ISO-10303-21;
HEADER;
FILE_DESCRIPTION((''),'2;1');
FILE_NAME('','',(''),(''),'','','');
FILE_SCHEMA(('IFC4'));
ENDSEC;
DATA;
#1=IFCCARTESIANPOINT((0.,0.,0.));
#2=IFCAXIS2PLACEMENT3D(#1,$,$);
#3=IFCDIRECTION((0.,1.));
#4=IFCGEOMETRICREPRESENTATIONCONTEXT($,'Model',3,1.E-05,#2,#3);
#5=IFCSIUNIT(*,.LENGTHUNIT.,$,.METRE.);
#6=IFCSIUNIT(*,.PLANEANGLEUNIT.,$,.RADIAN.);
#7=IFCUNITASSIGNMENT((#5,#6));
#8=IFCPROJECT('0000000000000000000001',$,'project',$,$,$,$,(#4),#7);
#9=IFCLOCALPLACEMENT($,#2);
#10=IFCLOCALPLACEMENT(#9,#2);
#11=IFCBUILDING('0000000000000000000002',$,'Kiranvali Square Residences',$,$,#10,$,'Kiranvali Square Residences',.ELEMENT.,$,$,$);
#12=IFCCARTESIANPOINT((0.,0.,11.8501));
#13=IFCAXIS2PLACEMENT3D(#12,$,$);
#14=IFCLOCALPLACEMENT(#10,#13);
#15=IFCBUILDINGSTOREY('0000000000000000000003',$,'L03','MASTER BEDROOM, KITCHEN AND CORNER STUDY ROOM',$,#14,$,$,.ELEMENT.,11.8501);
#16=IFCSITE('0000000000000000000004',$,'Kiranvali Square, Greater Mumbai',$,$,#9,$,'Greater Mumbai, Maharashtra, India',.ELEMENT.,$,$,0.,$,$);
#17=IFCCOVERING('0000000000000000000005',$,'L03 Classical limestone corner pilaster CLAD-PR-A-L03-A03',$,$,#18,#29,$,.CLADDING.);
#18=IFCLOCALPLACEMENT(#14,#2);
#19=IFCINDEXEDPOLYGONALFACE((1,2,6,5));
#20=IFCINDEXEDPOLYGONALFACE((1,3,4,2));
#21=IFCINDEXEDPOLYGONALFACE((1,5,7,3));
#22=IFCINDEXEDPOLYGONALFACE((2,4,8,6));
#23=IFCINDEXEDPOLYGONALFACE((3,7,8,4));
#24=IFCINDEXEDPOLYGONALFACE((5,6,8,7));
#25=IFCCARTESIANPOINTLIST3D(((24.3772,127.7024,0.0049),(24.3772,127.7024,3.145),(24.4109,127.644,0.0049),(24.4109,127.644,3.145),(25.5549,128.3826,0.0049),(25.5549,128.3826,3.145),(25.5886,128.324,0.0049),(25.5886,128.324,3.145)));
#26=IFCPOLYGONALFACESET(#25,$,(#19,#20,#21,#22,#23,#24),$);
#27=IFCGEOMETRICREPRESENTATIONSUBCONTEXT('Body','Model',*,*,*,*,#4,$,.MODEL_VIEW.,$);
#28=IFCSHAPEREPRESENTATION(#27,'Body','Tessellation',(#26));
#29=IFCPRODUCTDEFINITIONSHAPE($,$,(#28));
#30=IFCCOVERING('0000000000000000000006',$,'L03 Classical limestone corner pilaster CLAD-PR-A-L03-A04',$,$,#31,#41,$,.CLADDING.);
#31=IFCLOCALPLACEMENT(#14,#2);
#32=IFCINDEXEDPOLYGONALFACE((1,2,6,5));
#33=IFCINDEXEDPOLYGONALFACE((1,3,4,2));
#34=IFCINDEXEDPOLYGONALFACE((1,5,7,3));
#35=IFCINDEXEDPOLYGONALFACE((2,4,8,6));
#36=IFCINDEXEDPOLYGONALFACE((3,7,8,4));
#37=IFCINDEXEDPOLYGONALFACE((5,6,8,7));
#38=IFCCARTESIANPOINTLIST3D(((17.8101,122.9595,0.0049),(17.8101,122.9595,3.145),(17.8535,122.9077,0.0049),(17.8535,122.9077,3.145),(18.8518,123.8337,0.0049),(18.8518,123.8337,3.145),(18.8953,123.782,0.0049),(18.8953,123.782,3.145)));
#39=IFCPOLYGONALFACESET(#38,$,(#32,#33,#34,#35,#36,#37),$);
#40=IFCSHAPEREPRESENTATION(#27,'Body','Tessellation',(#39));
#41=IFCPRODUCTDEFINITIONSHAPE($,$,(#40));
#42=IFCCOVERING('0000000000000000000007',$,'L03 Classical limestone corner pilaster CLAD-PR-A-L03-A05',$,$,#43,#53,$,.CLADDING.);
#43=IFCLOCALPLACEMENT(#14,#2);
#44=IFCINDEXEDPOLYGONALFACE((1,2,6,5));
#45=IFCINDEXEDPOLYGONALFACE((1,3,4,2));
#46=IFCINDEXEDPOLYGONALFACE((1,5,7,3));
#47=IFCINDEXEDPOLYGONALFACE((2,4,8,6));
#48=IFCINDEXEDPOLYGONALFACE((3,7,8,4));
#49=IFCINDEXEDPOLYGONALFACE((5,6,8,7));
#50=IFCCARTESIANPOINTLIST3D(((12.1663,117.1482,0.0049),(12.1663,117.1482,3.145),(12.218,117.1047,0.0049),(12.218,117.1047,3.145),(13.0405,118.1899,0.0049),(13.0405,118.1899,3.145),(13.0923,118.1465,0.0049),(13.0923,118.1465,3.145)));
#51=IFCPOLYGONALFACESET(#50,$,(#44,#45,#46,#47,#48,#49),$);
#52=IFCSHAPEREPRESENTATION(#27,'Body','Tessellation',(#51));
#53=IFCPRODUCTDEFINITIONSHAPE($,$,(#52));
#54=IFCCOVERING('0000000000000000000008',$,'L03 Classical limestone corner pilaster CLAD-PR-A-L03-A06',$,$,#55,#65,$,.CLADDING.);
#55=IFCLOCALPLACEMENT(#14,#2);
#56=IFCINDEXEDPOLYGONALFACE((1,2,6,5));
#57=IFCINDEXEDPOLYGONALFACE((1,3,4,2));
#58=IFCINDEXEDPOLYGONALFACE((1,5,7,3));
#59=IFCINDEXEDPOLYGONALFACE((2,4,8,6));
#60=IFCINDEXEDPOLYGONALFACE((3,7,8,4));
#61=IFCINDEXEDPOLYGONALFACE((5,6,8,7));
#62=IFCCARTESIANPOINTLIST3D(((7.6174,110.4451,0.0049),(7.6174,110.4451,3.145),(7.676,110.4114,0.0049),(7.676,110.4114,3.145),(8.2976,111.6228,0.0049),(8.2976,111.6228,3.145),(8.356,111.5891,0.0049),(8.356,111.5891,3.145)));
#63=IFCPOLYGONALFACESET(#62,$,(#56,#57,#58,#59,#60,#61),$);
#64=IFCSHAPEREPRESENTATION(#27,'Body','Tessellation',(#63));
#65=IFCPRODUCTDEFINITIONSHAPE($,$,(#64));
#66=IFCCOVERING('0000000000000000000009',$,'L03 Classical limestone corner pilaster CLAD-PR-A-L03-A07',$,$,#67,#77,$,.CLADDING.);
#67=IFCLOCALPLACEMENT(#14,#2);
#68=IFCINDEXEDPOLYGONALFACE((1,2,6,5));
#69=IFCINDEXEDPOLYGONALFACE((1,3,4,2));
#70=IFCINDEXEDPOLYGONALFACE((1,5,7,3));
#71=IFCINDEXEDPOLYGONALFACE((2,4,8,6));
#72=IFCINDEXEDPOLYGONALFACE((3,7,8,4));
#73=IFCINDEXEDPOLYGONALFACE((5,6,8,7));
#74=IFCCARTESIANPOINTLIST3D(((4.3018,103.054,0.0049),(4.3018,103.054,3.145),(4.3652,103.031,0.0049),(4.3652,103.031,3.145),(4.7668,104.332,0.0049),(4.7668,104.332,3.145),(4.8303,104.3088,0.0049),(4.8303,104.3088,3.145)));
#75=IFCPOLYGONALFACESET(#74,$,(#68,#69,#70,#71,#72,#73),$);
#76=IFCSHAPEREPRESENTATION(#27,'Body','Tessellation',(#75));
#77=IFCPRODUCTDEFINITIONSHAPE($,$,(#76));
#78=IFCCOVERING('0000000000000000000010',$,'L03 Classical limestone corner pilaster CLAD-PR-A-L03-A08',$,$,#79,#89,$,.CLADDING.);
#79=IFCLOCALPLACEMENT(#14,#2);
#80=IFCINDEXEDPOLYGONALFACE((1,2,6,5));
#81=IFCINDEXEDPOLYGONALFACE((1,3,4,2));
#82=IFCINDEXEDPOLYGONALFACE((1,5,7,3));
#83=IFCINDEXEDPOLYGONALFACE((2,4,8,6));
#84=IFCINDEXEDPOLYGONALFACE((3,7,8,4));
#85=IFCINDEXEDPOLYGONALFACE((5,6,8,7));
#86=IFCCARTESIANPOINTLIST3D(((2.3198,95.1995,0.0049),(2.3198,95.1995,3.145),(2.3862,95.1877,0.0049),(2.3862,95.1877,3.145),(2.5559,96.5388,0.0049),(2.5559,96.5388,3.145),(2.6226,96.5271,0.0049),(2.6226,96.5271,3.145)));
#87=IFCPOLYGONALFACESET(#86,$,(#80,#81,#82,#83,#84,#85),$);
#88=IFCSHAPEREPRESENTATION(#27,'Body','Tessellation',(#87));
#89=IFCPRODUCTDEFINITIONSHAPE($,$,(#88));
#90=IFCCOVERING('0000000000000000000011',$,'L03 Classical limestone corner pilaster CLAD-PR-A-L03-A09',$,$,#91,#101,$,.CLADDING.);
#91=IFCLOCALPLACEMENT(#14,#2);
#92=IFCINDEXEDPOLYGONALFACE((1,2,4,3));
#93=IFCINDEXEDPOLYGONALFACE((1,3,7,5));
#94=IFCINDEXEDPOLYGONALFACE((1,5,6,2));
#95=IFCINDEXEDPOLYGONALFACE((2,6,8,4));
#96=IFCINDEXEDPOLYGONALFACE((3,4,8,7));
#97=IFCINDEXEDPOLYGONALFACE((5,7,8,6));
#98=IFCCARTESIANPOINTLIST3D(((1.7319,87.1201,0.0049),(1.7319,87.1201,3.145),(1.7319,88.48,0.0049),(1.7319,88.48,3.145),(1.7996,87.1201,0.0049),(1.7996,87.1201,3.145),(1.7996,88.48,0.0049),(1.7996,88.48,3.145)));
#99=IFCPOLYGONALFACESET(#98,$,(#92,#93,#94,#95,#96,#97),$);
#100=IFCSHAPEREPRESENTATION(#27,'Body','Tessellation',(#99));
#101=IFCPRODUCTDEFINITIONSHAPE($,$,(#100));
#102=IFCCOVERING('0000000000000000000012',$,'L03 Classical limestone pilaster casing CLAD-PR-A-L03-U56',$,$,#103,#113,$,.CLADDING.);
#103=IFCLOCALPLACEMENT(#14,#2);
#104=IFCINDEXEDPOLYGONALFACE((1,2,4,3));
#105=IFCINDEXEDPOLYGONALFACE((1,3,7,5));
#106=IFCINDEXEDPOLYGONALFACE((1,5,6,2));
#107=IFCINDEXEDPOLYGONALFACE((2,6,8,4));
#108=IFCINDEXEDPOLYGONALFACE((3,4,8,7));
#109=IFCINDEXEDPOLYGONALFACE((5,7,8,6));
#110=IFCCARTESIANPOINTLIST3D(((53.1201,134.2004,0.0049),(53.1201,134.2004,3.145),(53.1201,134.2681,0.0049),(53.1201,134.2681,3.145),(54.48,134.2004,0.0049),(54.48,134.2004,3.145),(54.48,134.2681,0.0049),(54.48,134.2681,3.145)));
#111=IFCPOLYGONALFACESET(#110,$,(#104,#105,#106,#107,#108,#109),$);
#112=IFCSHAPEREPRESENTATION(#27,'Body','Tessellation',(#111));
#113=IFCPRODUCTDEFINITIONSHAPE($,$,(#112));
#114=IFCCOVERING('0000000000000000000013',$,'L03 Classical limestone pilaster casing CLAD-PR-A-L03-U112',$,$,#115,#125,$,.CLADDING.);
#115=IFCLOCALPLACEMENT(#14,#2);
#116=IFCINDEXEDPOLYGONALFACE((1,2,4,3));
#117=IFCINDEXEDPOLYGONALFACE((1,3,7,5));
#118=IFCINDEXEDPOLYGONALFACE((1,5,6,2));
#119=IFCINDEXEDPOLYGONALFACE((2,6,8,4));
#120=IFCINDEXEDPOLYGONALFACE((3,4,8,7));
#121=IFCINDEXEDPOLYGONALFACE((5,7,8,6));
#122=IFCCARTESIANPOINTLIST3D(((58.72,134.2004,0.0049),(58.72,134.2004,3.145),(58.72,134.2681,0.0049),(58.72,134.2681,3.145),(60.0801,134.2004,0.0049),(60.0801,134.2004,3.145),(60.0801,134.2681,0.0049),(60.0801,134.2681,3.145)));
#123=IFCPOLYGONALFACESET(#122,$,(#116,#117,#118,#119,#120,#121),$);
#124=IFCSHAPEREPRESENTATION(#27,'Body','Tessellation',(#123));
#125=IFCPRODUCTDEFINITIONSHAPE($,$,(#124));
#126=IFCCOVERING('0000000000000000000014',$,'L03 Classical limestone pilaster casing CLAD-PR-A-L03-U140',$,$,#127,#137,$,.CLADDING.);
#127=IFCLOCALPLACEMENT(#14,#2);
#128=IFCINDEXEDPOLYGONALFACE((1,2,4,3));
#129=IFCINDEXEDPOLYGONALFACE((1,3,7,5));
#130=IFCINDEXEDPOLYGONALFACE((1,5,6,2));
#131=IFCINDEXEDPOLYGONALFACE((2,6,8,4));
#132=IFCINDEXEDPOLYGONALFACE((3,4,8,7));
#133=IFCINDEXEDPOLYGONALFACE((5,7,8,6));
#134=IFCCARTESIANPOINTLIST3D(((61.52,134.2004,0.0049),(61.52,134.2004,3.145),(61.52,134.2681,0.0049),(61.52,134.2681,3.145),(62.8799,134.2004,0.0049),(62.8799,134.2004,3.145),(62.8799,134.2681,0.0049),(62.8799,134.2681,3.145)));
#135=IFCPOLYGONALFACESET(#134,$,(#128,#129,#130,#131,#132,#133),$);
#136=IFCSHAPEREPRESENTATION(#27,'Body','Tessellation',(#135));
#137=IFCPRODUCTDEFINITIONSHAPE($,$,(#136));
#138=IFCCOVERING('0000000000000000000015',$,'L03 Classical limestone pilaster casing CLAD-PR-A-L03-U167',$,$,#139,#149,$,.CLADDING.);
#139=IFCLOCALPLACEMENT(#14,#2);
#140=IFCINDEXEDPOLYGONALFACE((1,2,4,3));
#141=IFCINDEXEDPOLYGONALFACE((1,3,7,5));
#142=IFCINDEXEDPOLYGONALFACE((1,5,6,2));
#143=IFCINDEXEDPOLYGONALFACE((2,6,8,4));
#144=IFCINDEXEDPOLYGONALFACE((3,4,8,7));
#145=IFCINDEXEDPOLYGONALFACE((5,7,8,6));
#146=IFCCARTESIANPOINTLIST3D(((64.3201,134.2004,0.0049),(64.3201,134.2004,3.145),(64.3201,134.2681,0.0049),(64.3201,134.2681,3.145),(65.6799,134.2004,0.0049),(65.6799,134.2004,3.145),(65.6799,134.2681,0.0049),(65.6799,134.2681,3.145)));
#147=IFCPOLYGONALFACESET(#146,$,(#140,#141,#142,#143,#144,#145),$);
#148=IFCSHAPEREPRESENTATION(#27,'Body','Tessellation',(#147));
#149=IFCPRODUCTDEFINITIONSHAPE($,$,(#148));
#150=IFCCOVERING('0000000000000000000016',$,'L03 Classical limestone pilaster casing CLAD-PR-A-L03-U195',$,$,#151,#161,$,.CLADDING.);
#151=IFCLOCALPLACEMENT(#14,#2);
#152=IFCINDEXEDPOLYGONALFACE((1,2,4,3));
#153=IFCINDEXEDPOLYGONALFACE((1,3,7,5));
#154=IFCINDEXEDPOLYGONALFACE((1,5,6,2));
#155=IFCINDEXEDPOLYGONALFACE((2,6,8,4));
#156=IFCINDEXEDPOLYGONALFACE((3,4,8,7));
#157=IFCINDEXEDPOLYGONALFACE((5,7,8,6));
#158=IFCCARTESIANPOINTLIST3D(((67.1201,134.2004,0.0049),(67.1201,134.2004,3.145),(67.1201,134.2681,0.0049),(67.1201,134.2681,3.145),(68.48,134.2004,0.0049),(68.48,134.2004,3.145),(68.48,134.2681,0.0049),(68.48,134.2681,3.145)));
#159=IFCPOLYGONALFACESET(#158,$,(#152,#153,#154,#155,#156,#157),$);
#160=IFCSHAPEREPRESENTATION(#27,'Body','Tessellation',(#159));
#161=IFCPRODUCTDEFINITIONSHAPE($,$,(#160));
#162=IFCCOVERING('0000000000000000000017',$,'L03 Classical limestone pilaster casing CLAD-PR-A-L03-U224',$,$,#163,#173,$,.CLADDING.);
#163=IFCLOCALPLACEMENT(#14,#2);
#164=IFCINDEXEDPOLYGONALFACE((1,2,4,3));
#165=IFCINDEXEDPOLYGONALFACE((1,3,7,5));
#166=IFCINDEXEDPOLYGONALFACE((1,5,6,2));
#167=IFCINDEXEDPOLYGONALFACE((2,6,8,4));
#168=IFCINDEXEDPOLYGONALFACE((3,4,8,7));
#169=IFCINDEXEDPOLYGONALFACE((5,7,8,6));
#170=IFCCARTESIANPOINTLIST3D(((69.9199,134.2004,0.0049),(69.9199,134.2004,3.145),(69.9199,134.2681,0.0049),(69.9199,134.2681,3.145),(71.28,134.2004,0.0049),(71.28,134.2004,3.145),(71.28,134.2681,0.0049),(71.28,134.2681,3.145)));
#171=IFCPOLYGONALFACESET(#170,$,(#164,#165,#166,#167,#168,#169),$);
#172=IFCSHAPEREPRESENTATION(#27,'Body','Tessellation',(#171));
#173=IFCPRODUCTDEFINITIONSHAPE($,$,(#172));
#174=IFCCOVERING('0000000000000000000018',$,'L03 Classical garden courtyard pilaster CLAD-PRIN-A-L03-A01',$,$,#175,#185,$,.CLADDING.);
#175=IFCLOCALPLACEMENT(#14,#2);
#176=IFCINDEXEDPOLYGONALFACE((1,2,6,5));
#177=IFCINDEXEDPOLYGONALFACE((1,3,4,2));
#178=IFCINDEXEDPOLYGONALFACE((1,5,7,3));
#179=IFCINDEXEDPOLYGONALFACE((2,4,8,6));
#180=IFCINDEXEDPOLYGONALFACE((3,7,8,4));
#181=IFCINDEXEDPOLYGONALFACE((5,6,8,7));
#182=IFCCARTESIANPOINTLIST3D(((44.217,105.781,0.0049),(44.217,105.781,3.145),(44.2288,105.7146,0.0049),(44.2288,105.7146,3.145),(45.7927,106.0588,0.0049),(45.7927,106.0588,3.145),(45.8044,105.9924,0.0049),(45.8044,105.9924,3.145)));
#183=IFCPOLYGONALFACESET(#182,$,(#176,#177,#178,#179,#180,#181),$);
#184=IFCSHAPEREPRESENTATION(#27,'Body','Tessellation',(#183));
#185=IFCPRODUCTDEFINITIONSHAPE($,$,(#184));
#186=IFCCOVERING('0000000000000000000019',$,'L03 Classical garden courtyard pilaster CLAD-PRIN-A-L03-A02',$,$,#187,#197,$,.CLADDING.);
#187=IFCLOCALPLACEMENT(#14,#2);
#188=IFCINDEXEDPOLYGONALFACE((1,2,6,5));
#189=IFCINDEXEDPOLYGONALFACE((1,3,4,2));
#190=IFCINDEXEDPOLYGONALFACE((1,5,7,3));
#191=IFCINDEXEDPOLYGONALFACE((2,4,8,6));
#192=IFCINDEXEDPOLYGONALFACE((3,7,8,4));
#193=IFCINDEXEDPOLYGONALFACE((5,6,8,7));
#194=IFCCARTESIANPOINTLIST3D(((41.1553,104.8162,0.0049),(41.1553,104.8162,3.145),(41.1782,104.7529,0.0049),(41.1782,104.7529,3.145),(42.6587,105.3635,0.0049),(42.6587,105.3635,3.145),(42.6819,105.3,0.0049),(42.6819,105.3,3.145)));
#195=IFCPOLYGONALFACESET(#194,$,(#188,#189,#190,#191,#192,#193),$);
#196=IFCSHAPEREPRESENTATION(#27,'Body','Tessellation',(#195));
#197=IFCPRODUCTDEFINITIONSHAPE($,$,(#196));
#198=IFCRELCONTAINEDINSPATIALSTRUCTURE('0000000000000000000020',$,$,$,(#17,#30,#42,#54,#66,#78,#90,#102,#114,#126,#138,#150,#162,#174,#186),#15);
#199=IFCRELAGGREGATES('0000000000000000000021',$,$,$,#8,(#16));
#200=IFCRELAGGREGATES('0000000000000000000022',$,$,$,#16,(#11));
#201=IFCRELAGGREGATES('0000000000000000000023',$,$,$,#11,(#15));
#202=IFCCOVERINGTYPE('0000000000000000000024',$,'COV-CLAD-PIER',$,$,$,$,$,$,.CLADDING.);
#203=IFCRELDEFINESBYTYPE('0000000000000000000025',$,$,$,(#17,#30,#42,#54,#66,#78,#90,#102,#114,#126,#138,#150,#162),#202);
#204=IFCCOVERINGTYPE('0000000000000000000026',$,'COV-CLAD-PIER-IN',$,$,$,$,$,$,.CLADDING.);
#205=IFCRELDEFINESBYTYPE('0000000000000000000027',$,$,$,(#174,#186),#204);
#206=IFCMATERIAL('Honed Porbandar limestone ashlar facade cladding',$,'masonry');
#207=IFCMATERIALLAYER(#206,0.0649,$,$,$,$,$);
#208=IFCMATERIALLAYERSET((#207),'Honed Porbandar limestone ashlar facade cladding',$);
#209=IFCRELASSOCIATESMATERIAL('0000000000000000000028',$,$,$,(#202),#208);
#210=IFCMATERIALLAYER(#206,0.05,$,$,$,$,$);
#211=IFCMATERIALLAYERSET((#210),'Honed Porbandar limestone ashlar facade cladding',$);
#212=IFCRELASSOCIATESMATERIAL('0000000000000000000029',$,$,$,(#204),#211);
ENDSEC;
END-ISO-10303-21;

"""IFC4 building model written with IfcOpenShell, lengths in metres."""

from ifc_helpers import new_model, si_unit, direction, frame, origin, place, context, subcontext, project, spatial, polyline, outline, extrude, material, layer, layer_set, type_object, element, save


model = new_model("IFC4")

# Units and contexts
model_context = context("Model", 3, precision=1e-05, world=origin(), true_north=direction((0.0, 1.0)))
body_context = subcontext(model_context, "Body", "Model", "MODEL_VIEW")
ifc_project = project(units=[si_unit("LENGTHUNIT", "METRE"), si_unit("PLANEANGLEUNIT", "RADIAN")], contexts=[model_context])

# Site, building, storey
site_placement = place(None, origin())
site = spatial("IfcSite", under=ifc_project, at=site_placement, Name="Kiranvali Square, Greater Mumbai", LongName="Greater Mumbai, Maharashtra, India", CompositionType="ELEMENT", RefElevation=0.0)
building_placement = place(site_placement, origin())
building = spatial("IfcBuilding", under=site, at=building_placement, Name="Kiranvali Square Residences", LongName="Kiranvali Square Residences", CompositionType="ELEMENT")
storey_placement = place(building_placement, frame((0.0, 0.0, 11.8501)))
storey = spatial("IfcBuildingStorey", under=building, at=storey_placement, Name="L03", Description="MASTER BEDROOM, KITCHEN AND CORNER STUDY ROOM", CompositionType="ELEMENT", Elevation=11.8501)

# Coverings
ifc_material = material(Name="Honed Porbandar limestone ashlar facade cladding", Category="masonry")
ifc_layer_1 = layer(ifc_material, 0.0649)
ifc_layer_set_1 = layer_set([ifc_layer_1], Name="Honed Porbandar limestone ashlar facade cladding")
covering_type_1 = type_object("IfcCoveringType", Name="COV-CLAD-PIER", PredefinedType="CLADDING", material=ifc_layer_set_1)
covering_1_placement = place(storey_placement, frame((0.0, 0.0, 0.0049)))
element("IfcCovering", 1, at=covering_1_placement, inside=storey, type_object=covering_type_1, Name="L03 Classical limestone corner pilaster CLAD-PR-A-L03-A03", PredefinedType="CLADDING", context=body_context, shape_type="SweptSolid", body=[
    extrude(outline(polyline([(25.5549, 128.3826), (24.3772, 127.7024), (24.4109, 127.644), (25.5886, 128.324), (25.5549, 128.3826)])), origin(), (0.0, 0.0, 1.0), 3.1401),
])
covering_2_placement = place(storey_placement, frame((0.0, 0.0, 0.0049)))
element("IfcCovering", 2, at=covering_2_placement, inside=storey, type_object=covering_type_1, Name="L03 Classical limestone corner pilaster CLAD-PR-A-L03-A04", PredefinedType="CLADDING", context=body_context, shape_type="SweptSolid", body=[
    extrude(outline(polyline([(18.8518, 123.8337), (17.8101, 122.9595), (17.8535, 122.9077), (18.8953, 123.782), (18.8518, 123.8337)])), origin(), (0.0, 0.0, 1.0), 3.1401),
])
covering_3_placement = place(storey_placement, frame((0.0, 0.0, 0.0049)))
element("IfcCovering", 3, at=covering_3_placement, inside=storey, type_object=covering_type_1, Name="L03 Classical limestone corner pilaster CLAD-PR-A-L03-A05", PredefinedType="CLADDING", context=body_context, shape_type="SweptSolid", body=[
    extrude(outline(polyline([(13.0405, 118.1899), (12.1663, 117.1482), (12.218, 117.1047), (13.0923, 118.1465), (13.0405, 118.1899)])), origin(), (0.0, 0.0, 1.0), 3.1401),
])
covering_4_placement = place(storey_placement, frame((0.0, 0.0, 0.0049)))
element("IfcCovering", 4, at=covering_4_placement, inside=storey, type_object=covering_type_1, Name="L03 Classical limestone corner pilaster CLAD-PR-A-L03-A06", PredefinedType="CLADDING", context=body_context, shape_type="SweptSolid", body=[
    extrude(outline(polyline([(8.2976, 111.6228), (7.6174, 110.4451), (7.676, 110.4114), (8.356, 111.5891), (8.2976, 111.6228)])), origin(), (0.0, 0.0, 1.0), 3.1401),
])
covering_5_placement = place(storey_placement, frame((0.0, 0.0, 0.0049)))
element("IfcCovering", 5, at=covering_5_placement, inside=storey, type_object=covering_type_1, Name="L03 Classical limestone corner pilaster CLAD-PR-A-L03-A07", PredefinedType="CLADDING", context=body_context, shape_type="SweptSolid", body=[
    extrude(outline(polyline([(4.7668, 104.332), (4.3018, 103.054), (4.3652, 103.031), (4.8303, 104.3088), (4.7668, 104.332)])), origin(), (0.0, 0.0, 1.0), 3.1401),
])
covering_6_placement = place(storey_placement, frame((0.0, 0.0, 0.0049)))
element("IfcCovering", 6, at=covering_6_placement, inside=storey, type_object=covering_type_1, Name="L03 Classical limestone corner pilaster CLAD-PR-A-L03-A08", PredefinedType="CLADDING", context=body_context, shape_type="SweptSolid", body=[
    extrude(outline(polyline([(2.5559, 96.5388), (2.3198, 95.1995), (2.3862, 95.1877), (2.6226, 96.5271), (2.5559, 96.5388)])), origin(), (0.0, 0.0, 1.0), 3.1401),
])
covering_7_placement = place(storey_placement, frame((0.0, 0.0, 0.0049)))
element("IfcCovering", 7, at=covering_7_placement, inside=storey, type_object=covering_type_1, Name="L03 Classical limestone corner pilaster CLAD-PR-A-L03-A09", PredefinedType="CLADDING", context=body_context, shape_type="SweptSolid", body=[
    extrude(outline(polyline([(1.7319, 88.48), (1.7319, 87.1201), (1.7996, 87.1201), (1.7996, 88.48), (1.7319, 88.48)])), origin(), (0.0, 0.0, 1.0), 3.1401),
])
covering_8_placement = place(storey_placement, frame((0.0, 0.0, 0.0049)))
element("IfcCovering", 8, at=covering_8_placement, inside=storey, type_object=covering_type_1, Name="L03 Classical limestone pilaster casing CLAD-PR-A-L03-U56", PredefinedType="CLADDING", context=body_context, shape_type="SweptSolid", body=[
    extrude(outline(polyline([(53.1201, 134.2004), (54.48, 134.2004), (54.48, 134.2681), (53.1201, 134.2681), (53.1201, 134.2004)])), origin(), (0.0, 0.0, 1.0), 3.1401),
])
covering_9_placement = place(storey_placement, frame((0.0, 0.0, 0.0049)))
element("IfcCovering", 9, at=covering_9_placement, inside=storey, type_object=covering_type_1, Name="L03 Classical limestone pilaster casing CLAD-PR-A-L03-U112", PredefinedType="CLADDING", context=body_context, shape_type="SweptSolid", body=[
    extrude(outline(polyline([(58.72, 134.2004), (60.0801, 134.2004), (60.0801, 134.2681), (58.72, 134.2681), (58.72, 134.2004)])), origin(), (0.0, 0.0, 1.0), 3.1401),
])
covering_10_placement = place(storey_placement, frame((0.0, 0.0, 0.0049)))
element("IfcCovering", 10, at=covering_10_placement, inside=storey, type_object=covering_type_1, Name="L03 Classical limestone pilaster casing CLAD-PR-A-L03-U140", PredefinedType="CLADDING", context=body_context, shape_type="SweptSolid", body=[
    extrude(outline(polyline([(61.52, 134.2004), (62.8799, 134.2004), (62.8799, 134.2681), (61.52, 134.2681), (61.52, 134.2004)])), origin(), (0.0, 0.0, 1.0), 3.1401),
])
covering_11_placement = place(storey_placement, frame((0.0, 0.0, 0.0049)))
element("IfcCovering", 11, at=covering_11_placement, inside=storey, type_object=covering_type_1, Name="L03 Classical limestone pilaster casing CLAD-PR-A-L03-U167", PredefinedType="CLADDING", context=body_context, shape_type="SweptSolid", body=[
    extrude(outline(polyline([(64.3201, 134.2004), (65.6799, 134.2004), (65.6799, 134.2681), (64.3201, 134.2681), (64.3201, 134.2004)])), origin(), (0.0, 0.0, 1.0), 3.1401),
])
covering_12_placement = place(storey_placement, frame((0.0, 0.0, 0.0049)))
element("IfcCovering", 12, at=covering_12_placement, inside=storey, type_object=covering_type_1, Name="L03 Classical limestone pilaster casing CLAD-PR-A-L03-U195", PredefinedType="CLADDING", context=body_context, shape_type="SweptSolid", body=[
    extrude(outline(polyline([(67.1201, 134.2004), (68.48, 134.2004), (68.48, 134.2681), (67.1201, 134.2681), (67.1201, 134.2004)])), origin(), (0.0, 0.0, 1.0), 3.1401),
])
covering_13_placement = place(storey_placement, frame((0.0, 0.0, 0.0049)))
element("IfcCovering", 13, at=covering_13_placement, inside=storey, type_object=covering_type_1, Name="L03 Classical limestone pilaster casing CLAD-PR-A-L03-U224", PredefinedType="CLADDING", context=body_context, shape_type="SweptSolid", body=[
    extrude(outline(polyline([(69.9199, 134.2004), (71.28, 134.2004), (71.28, 134.2681), (69.9199, 134.2681), (69.9199, 134.2004)])), origin(), (0.0, 0.0, 1.0), 3.1401),
])
ifc_layer_2 = layer(ifc_material, 0.05)
ifc_layer_set_2 = layer_set([ifc_layer_2], Name="Honed Porbandar limestone ashlar facade cladding")
covering_type_2 = type_object("IfcCoveringType", Name="COV-CLAD-PIER-IN", PredefinedType="CLADDING", material=ifc_layer_set_2)
covering_14_placement = place(storey_placement, frame((0.0, 0.0, 0.0049)))
element("IfcCovering", 14, at=covering_14_placement, inside=storey, type_object=covering_type_2, Name="L03 Classical garden courtyard pilaster CLAD-PRIN-A-L03-A01", PredefinedType="CLADDING", context=body_context, shape_type="SweptSolid", body=[
    extrude(outline(polyline([(44.2288, 105.7146), (45.8044, 105.9924), (45.7927, 106.0588), (44.217, 105.781), (44.2288, 105.7146)])), origin(), (0.0, 0.0, 1.0), 3.1401),
])
covering_15_placement = place(storey_placement, frame((0.0, 0.0, 0.0049)))
element("IfcCovering", 15, at=covering_15_placement, inside=storey, type_object=covering_type_2, Name="L03 Classical garden courtyard pilaster CLAD-PRIN-A-L03-A02", PredefinedType="CLADDING", context=body_context, shape_type="SweptSolid", body=[
    extrude(outline(polyline([(41.1782, 104.7529), (42.6819, 105.3), (42.6587, 105.3635), (41.1553, 104.8162), (41.1782, 104.7529)])), origin(), (0.0, 0.0, 1.0), 3.1401),
])

save(model, "model.ifc")
